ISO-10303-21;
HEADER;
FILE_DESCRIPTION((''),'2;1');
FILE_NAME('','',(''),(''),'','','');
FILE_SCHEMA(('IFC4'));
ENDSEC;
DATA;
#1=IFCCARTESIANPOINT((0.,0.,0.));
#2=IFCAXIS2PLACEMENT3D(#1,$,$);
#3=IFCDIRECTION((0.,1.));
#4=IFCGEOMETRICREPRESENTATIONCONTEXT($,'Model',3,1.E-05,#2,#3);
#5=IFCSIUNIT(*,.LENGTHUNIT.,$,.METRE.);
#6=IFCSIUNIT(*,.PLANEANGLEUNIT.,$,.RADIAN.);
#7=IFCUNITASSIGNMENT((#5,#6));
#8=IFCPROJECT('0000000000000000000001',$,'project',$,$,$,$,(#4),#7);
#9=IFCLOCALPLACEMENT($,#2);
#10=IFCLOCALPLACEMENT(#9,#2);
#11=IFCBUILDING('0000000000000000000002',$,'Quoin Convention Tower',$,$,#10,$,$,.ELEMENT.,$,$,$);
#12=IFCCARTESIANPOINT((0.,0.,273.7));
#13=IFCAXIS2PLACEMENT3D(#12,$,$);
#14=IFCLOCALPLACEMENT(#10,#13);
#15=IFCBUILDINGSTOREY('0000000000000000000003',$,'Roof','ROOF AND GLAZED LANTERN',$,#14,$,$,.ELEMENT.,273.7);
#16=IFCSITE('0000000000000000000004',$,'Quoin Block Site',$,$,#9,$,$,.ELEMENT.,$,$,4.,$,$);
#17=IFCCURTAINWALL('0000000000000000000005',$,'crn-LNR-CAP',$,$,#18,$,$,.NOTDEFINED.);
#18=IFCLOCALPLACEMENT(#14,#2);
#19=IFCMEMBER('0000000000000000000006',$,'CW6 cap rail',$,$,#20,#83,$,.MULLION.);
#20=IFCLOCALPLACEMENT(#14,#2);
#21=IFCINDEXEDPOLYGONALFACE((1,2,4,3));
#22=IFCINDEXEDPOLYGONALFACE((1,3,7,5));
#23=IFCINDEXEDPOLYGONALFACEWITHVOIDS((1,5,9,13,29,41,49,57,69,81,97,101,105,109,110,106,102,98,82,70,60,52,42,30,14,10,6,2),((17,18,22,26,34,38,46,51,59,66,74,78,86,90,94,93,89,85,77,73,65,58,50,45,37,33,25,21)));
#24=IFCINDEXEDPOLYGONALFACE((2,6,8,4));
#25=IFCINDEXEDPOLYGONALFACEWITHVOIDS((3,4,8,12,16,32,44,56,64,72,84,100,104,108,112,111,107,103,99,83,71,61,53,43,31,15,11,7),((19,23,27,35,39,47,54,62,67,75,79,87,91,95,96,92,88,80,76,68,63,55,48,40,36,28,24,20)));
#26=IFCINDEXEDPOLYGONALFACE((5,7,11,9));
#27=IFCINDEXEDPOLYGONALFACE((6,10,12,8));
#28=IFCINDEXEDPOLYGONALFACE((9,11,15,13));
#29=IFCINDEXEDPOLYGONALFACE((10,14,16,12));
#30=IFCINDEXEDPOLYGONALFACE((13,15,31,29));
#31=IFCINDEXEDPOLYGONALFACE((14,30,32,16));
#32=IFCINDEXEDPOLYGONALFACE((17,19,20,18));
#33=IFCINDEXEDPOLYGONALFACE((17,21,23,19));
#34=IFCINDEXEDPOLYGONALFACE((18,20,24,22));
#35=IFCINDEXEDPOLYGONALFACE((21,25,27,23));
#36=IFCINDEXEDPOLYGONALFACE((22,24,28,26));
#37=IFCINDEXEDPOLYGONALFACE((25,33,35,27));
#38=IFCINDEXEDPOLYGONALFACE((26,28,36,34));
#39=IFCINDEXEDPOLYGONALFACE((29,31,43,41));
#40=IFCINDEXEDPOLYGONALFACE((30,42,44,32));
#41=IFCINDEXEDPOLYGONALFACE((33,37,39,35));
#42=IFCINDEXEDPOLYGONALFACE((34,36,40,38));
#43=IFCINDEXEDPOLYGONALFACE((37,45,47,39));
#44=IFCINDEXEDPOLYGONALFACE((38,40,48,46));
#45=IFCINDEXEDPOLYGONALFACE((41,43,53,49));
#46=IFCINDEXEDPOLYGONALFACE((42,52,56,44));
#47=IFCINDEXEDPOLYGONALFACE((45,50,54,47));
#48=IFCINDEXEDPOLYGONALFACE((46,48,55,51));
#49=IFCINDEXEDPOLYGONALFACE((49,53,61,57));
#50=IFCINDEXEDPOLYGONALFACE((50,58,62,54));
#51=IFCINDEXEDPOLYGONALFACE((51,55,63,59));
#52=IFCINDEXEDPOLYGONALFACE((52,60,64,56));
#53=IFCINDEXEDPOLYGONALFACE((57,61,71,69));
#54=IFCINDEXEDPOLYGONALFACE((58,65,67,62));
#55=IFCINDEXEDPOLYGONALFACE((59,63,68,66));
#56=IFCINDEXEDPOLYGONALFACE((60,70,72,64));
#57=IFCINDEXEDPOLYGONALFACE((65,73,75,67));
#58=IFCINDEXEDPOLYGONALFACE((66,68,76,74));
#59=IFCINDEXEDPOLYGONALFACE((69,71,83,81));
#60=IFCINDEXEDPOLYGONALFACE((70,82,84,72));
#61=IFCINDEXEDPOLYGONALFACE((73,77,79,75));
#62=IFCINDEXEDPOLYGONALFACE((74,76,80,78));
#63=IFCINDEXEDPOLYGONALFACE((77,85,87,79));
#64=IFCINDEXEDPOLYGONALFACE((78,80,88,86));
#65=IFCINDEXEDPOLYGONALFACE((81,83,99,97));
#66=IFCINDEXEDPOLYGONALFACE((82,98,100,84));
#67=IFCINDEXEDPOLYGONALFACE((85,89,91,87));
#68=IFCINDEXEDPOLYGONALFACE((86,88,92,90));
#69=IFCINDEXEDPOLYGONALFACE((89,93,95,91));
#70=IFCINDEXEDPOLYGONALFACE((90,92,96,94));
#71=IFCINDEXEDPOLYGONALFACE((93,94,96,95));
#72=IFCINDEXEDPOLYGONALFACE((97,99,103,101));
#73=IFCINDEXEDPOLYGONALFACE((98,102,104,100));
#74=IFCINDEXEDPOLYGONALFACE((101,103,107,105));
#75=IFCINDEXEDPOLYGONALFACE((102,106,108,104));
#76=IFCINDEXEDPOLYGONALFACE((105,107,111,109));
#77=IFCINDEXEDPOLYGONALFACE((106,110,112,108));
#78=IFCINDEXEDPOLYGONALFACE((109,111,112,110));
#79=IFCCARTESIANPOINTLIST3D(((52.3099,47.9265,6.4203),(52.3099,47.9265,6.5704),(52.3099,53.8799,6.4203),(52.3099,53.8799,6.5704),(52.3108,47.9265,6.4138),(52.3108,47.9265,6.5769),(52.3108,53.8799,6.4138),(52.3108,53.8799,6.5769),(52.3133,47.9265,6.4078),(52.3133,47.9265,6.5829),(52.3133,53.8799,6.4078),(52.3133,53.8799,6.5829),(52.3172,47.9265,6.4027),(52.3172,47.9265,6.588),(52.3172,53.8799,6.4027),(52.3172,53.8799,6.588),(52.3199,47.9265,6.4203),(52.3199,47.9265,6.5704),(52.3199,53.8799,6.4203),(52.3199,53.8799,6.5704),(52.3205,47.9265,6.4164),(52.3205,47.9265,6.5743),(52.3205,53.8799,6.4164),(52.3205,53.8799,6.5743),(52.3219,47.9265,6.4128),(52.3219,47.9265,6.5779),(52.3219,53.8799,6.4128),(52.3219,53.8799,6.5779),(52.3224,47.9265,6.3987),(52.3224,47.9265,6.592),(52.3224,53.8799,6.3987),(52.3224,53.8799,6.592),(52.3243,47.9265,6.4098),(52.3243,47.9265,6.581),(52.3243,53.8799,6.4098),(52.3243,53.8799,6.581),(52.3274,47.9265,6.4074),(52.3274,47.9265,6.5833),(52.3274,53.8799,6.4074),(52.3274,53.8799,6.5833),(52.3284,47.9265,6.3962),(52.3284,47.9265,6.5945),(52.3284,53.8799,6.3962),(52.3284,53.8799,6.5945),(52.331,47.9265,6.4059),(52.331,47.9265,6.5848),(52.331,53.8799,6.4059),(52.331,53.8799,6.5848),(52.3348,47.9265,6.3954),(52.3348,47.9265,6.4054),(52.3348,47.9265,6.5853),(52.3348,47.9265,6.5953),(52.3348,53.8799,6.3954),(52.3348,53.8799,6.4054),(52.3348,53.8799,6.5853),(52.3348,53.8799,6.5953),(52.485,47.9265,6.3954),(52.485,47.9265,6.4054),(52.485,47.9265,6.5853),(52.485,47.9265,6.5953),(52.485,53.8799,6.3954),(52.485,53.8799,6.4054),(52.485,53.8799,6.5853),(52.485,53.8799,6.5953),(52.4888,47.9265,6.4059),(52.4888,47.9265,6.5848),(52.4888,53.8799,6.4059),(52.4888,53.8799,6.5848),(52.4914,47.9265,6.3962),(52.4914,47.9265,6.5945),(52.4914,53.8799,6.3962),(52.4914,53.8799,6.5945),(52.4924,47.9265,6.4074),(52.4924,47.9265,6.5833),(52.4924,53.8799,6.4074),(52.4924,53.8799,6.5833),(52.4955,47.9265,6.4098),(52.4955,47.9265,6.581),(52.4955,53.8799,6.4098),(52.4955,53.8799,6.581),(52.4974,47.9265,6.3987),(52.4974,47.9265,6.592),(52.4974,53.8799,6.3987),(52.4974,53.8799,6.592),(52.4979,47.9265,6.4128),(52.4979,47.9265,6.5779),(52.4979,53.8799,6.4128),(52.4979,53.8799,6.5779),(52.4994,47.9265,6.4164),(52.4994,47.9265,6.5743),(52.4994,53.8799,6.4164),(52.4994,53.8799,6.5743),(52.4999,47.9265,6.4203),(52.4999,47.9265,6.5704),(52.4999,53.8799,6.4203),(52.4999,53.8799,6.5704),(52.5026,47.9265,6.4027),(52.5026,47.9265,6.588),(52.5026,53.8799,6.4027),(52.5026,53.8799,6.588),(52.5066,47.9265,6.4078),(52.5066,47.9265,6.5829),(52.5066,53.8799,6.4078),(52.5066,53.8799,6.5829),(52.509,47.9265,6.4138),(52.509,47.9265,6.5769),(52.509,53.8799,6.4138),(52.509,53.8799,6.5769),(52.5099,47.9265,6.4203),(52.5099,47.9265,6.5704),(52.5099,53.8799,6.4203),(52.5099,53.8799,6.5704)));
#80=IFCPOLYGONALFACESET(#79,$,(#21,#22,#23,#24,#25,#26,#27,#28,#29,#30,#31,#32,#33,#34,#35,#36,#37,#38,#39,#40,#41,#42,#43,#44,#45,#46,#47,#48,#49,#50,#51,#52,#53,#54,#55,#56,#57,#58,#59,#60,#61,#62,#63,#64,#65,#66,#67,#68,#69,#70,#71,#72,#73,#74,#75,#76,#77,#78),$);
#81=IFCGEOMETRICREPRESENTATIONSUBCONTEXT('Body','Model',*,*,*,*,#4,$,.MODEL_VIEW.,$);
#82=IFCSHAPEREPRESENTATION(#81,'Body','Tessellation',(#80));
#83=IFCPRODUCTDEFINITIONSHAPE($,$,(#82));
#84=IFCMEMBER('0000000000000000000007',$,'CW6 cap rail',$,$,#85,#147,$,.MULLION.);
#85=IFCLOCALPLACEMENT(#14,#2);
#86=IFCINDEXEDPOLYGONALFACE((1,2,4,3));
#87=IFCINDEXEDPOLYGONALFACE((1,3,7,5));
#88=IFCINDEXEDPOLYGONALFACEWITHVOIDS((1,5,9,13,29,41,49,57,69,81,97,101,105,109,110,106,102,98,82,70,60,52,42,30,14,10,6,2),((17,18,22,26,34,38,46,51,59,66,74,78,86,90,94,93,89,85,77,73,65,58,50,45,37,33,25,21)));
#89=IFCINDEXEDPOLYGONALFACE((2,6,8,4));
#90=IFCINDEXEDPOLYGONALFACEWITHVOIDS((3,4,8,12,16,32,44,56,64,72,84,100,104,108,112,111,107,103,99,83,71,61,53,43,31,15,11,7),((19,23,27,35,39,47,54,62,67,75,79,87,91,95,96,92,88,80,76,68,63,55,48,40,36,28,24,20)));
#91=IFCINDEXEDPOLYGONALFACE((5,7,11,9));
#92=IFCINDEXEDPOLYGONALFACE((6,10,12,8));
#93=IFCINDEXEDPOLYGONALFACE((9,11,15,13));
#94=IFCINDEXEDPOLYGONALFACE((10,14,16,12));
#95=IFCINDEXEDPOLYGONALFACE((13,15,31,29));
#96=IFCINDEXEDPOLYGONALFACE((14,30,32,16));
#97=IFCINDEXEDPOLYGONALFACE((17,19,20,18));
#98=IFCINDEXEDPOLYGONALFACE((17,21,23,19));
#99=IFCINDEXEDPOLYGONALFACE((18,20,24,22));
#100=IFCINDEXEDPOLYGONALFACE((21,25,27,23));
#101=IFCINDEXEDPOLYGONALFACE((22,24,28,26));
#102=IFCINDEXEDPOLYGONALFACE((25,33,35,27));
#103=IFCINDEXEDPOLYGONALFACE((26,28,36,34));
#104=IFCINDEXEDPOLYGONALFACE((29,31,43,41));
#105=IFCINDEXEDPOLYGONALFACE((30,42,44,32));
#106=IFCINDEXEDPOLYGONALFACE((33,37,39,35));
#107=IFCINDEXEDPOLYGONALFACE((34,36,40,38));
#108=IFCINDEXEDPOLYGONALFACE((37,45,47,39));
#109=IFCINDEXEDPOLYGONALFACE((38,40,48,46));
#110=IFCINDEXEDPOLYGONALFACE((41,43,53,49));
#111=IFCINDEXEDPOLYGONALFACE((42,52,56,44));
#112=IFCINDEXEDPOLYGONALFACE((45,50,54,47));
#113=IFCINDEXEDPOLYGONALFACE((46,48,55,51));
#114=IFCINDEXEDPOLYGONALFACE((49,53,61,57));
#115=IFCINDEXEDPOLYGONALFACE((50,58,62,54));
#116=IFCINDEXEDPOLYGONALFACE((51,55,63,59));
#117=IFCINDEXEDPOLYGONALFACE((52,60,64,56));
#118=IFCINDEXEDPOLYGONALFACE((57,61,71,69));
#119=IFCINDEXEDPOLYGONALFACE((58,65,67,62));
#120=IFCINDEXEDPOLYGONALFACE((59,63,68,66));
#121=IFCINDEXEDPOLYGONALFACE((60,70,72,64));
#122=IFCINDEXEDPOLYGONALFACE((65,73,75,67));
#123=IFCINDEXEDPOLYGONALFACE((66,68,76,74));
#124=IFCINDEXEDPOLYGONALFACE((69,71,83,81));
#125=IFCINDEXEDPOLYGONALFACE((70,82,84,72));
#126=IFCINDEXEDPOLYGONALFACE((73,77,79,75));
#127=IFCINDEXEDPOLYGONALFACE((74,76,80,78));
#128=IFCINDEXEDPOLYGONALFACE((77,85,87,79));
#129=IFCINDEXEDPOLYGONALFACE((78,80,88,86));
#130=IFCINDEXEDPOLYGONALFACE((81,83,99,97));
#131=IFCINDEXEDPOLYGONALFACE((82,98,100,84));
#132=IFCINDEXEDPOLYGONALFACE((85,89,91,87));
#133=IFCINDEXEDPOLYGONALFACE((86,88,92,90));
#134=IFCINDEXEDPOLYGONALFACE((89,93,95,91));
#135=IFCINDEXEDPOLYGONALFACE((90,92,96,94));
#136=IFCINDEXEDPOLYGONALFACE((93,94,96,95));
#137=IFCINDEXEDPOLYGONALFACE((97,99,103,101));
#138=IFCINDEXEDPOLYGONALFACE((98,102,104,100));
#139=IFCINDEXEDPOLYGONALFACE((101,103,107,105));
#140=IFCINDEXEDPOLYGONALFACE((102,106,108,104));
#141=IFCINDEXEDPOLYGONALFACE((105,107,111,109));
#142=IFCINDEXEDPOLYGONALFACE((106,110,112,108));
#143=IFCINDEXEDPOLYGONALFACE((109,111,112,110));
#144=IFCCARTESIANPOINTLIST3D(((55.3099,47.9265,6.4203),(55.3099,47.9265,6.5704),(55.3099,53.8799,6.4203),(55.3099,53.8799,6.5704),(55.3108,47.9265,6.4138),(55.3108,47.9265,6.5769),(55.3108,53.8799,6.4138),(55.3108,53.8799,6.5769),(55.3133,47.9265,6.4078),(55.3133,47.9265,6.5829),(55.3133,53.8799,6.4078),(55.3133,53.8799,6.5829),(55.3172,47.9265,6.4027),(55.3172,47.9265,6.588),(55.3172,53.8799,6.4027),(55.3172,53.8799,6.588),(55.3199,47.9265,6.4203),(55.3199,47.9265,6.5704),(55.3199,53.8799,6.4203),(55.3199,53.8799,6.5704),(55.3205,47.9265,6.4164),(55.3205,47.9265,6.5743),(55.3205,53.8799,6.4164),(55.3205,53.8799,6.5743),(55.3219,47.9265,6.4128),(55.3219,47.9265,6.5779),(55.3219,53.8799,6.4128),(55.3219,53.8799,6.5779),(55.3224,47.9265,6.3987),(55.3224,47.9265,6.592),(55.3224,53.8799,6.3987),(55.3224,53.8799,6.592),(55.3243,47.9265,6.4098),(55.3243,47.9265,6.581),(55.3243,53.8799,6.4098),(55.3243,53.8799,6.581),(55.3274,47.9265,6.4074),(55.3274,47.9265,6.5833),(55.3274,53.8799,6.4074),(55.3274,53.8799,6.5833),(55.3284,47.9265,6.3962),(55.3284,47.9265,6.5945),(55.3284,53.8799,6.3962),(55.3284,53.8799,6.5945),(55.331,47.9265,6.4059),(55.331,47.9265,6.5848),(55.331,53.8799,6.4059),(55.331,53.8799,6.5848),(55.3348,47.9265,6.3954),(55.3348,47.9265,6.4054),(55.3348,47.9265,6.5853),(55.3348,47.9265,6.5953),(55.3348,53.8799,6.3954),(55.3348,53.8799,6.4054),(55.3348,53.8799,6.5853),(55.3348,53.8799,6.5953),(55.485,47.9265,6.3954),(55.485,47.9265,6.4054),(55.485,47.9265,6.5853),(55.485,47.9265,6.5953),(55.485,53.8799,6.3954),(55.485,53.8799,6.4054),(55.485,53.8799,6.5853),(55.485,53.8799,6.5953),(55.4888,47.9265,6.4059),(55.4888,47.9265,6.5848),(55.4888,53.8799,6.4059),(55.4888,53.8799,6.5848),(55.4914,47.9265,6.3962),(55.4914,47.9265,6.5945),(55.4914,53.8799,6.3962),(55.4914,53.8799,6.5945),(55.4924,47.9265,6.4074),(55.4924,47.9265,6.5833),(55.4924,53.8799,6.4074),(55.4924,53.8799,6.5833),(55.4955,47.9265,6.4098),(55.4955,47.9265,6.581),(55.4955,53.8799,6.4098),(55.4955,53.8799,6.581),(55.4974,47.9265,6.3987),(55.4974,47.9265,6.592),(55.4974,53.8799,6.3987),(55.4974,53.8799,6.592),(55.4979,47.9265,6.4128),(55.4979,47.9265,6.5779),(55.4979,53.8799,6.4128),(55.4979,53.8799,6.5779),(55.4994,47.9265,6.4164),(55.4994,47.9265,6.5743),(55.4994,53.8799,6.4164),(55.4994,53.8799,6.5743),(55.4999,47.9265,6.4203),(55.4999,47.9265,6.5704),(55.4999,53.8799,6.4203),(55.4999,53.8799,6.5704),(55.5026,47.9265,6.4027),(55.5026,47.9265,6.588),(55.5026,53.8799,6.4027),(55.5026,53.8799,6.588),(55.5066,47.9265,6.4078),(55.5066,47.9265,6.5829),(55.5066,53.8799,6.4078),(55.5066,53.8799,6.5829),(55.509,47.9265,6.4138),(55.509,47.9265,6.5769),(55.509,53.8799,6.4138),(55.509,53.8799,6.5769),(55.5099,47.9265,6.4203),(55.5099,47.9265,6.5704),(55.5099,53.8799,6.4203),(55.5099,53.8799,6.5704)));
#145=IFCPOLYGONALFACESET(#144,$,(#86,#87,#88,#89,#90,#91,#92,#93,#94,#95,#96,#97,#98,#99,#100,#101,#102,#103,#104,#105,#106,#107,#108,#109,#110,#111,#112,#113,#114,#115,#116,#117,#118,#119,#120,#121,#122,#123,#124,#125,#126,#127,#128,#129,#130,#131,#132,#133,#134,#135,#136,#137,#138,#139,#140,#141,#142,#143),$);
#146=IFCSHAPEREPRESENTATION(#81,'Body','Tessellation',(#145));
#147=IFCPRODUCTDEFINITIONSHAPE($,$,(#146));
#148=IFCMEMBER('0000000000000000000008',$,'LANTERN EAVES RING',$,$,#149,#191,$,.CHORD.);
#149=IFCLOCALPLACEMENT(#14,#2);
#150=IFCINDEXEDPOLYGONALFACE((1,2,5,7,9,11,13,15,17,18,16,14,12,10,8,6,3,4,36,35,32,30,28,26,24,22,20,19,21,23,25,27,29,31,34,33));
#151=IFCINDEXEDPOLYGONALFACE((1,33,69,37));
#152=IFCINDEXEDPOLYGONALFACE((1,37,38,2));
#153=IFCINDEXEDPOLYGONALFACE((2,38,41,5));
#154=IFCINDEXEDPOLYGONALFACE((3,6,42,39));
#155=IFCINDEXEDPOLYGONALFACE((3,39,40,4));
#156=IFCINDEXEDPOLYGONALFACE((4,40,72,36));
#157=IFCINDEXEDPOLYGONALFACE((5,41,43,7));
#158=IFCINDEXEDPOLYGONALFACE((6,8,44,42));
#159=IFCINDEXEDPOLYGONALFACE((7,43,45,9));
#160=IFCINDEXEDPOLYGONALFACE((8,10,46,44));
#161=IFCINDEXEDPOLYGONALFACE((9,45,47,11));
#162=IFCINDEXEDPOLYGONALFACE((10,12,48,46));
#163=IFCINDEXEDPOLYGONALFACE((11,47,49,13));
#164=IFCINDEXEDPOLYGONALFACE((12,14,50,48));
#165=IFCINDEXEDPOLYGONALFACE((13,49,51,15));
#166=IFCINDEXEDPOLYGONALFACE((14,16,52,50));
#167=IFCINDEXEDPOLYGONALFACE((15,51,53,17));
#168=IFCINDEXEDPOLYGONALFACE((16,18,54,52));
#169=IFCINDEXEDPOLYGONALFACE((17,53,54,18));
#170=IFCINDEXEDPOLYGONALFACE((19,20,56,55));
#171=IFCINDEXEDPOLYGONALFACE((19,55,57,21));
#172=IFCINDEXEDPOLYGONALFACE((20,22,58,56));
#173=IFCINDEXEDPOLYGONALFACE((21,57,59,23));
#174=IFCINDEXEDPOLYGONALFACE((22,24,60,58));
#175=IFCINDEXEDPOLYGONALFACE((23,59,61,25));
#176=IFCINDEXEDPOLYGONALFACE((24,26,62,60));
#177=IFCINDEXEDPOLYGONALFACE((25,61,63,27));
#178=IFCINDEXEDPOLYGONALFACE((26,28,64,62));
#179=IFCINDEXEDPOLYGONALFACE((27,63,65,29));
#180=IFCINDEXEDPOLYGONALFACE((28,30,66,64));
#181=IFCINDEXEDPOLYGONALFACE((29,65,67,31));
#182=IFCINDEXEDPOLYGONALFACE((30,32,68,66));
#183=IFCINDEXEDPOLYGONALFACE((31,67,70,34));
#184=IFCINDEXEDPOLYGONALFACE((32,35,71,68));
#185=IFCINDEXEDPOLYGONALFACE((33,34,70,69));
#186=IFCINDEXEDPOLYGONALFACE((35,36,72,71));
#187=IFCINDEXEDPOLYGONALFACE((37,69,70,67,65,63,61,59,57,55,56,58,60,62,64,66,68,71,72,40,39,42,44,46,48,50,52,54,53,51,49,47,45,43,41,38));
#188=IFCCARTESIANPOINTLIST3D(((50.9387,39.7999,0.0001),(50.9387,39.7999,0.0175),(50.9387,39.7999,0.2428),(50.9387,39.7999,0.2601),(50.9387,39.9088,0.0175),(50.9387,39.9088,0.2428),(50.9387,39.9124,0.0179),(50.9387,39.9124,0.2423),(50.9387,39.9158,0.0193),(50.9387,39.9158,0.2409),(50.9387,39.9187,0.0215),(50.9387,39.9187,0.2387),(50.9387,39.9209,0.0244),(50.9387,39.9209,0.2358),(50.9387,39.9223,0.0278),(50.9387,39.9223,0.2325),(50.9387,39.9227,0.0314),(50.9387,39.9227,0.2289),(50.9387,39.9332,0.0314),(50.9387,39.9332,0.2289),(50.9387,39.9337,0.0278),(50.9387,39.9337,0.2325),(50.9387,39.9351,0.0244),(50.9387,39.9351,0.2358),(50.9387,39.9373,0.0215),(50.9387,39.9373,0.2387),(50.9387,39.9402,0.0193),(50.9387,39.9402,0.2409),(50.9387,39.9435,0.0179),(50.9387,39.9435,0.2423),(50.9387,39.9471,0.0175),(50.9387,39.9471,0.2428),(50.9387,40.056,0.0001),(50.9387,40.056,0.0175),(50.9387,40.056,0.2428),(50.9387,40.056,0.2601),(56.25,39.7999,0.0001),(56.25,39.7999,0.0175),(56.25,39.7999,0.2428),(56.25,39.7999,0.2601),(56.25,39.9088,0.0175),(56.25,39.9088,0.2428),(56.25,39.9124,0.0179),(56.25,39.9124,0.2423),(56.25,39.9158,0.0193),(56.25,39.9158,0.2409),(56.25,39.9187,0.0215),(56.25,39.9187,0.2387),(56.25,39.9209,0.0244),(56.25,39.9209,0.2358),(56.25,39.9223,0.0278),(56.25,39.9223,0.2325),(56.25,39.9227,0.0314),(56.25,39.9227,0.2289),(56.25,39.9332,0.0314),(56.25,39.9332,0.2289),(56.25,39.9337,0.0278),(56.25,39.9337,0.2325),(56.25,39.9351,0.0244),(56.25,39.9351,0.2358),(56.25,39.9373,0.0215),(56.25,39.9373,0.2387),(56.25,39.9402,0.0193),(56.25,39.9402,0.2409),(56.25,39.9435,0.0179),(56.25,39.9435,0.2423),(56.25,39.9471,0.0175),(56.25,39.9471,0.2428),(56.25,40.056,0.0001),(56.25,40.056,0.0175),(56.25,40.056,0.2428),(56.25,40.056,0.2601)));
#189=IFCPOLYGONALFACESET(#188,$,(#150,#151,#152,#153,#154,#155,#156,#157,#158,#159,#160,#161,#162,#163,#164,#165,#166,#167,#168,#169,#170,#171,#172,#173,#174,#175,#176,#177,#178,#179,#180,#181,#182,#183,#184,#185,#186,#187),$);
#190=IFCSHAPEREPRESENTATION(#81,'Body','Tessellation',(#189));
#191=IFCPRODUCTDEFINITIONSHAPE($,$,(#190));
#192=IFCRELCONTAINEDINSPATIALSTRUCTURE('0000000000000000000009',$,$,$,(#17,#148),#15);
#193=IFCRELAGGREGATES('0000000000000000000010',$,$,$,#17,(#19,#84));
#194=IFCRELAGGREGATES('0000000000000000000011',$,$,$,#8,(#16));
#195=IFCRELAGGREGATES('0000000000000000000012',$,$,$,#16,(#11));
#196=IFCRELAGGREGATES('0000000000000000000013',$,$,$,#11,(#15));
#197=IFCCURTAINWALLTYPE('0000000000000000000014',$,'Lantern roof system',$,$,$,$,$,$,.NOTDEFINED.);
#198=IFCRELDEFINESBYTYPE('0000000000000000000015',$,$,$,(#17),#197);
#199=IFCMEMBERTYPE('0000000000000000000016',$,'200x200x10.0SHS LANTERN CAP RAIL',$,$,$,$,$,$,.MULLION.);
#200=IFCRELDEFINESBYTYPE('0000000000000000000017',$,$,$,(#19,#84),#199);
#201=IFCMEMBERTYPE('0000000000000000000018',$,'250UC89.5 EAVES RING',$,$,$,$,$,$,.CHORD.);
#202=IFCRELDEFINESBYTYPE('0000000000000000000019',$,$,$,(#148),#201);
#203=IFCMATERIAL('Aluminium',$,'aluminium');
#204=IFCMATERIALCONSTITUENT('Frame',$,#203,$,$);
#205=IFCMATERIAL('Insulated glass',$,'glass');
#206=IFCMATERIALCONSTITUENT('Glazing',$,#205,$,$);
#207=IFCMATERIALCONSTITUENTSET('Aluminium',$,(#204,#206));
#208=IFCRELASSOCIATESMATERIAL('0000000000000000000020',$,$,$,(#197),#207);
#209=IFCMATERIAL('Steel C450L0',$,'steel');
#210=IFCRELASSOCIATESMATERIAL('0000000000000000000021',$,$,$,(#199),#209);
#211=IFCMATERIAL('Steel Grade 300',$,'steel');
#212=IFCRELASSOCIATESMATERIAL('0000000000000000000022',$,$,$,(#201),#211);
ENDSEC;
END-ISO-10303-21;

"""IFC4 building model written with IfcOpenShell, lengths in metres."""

from ifc_helpers import new_model, si_unit, direction, frame, origin, origin_2d, place, context, subcontext, project, spatial, hollow_rectangle, i_section, extrude, material, constituent, constituent_set, material_profile, profile_set, type_object, element, aggregate, save


model = new_model("IFC4")

# Units and contexts
model_context = context("Model", 3, precision=1e-05, world=origin(), true_north=direction((0.0, 1.0)))
body_context = subcontext(model_context, "Body", "Model", "MODEL_VIEW")
ifc_project = project(units=[si_unit("LENGTHUNIT", "METRE"), si_unit("PLANEANGLEUNIT", "RADIAN")], contexts=[model_context])

# Site, building, storey
site_placement = place(None, origin())
site = spatial("IfcSite", under=ifc_project, at=site_placement, Name="Quoin Block Site", CompositionType="ELEMENT", RefElevation=4.0)
building_placement = place(site_placement, origin())
building = spatial("IfcBuilding", under=site, at=building_placement, Name="Quoin Convention Tower", CompositionType="ELEMENT")
storey_placement = place(building_placement, frame((0.0, 0.0, 273.7)))
storey = spatial("IfcBuildingStorey", under=building, at=storey_placement, Name="Roof", Description="ROOF AND GLAZED LANTERN", CompositionType="ELEMENT", Elevation=273.7)

# Curtain wall, members
ifc_material_1 = material(Name="Aluminium", Category="aluminium")
ifc_constituent_1 = constituent(ifc_material_1, Name="Frame")
ifc_material_2 = material(Name="Insulated glass", Category="glass")
ifc_constituent_2 = constituent(ifc_material_2, Name="Glazing")
ifc_constituent_set = constituent_set(constituents=[ifc_constituent_1, ifc_constituent_2], Name="Aluminium")
curtain_wall_type = type_object("IfcCurtainWallType", Name="Lantern roof system", PredefinedType="NOTDEFINED", material=ifc_constituent_set)
curtain_wall_1_placement = place(storey_placement, origin())
curtain_wall_1 = element("IfcCurtainWall", 1, at=curtain_wall_1_placement, inside=storey, type_object=curtain_wall_type, Name="crn-LNR-CAP", PredefinedType="NOTDEFINED")
ifc_material_3 = material(Name="Steel C450L0", Category="steel")
ifc_material_profile_1 = material_profile(ifc_material_3, hollow_rectangle(XDim=0.2, YDim=0.2, WallThickness=0.01, InnerFilletRadius=0.0149, OuterFilletRadius=0.0249, at=origin_2d()), Name="200x200x10.0SHS")
ifc_profile_set_1 = profile_set([ifc_material_profile_1], Name="Steel C450L0")
member_type_1 = type_object("IfcMemberType", Name="200x200x10.0SHS LANTERN CAP RAIL", PredefinedType="MULLION", material=ifc_profile_set_1)
member_1_placement = place(storey_placement, frame((52.4099, 47.9265, 6.4954), z_axis=(0.0, 1.0, 0.0), x_axis=(-1.0, 0.0, 0.0)))
member_1 = element("IfcMember", 2, at=member_1_placement, type_object=member_type_1, Name="CW6 cap rail", PredefinedType="MULLION", context=body_context, shape_type="SweptSolid", body=[
    extrude(hollow_rectangle(XDim=0.2, YDim=0.2, WallThickness=0.01, InnerFilletRadius=0.0149, OuterFilletRadius=0.0249, at=origin_2d()), origin(), (0.0, 0.0, 1.0), 5.9534),
])
member_2_placement = place(storey_placement, frame((55.4099, 47.9265, 6.4954), z_axis=(0.0, 1.0, 0.0), x_axis=(-1.0, 0.0, 0.0)))
member_2 = element("IfcMember", 3, at=member_2_placement, type_object=member_type_1, Name="CW6 cap rail", PredefinedType="MULLION", context=body_context, shape_type="SweptSolid", body=[
    extrude(hollow_rectangle(XDim=0.2, YDim=0.2, WallThickness=0.01, InnerFilletRadius=0.0149, OuterFilletRadius=0.0249, at=origin_2d()), origin(), (0.0, 0.0, 1.0), 5.9534),
])

# Member
ifc_material_4 = material(Name="Steel Grade 300", Category="steel")
ifc_material_profile_2 = material_profile(ifc_material_4, i_section(OverallWidth=0.2561, OverallDepth=0.26, WebThickness=0.0105, FlangeThickness=0.0173, FilletRadius=0.0139, at=origin_2d()), Name="250UC89.5")
ifc_profile_set_2 = profile_set([ifc_material_profile_2], Name="Steel Grade 300")
member_type_2 = type_object("IfcMemberType", Name="250UC89.5 EAVES RING", PredefinedType="CHORD", material=ifc_profile_set_2)
member_3_placement = place(storey_placement, frame((50.9387, 39.928, 0.1301), z_axis=(1.0, 0.0, 0.0), x_axis=(0.0, 1.0, 0.0)))
element("IfcMember", 4, at=member_3_placement, inside=storey, type_object=member_type_2, Name="LANTERN EAVES RING", PredefinedType="CHORD", context=body_context, shape_type="SweptSolid", body=[
    extrude(i_section(OverallWidth=0.2561, OverallDepth=0.26, WebThickness=0.0105, FlangeThickness=0.0173, FilletRadius=0.0139, at=origin_2d()), origin(), (0.0, 0.0, 1.0), 5.3113),
])

aggregate(curtain_wall_1, [member_1, member_2])

save(model, "model.ifc")
